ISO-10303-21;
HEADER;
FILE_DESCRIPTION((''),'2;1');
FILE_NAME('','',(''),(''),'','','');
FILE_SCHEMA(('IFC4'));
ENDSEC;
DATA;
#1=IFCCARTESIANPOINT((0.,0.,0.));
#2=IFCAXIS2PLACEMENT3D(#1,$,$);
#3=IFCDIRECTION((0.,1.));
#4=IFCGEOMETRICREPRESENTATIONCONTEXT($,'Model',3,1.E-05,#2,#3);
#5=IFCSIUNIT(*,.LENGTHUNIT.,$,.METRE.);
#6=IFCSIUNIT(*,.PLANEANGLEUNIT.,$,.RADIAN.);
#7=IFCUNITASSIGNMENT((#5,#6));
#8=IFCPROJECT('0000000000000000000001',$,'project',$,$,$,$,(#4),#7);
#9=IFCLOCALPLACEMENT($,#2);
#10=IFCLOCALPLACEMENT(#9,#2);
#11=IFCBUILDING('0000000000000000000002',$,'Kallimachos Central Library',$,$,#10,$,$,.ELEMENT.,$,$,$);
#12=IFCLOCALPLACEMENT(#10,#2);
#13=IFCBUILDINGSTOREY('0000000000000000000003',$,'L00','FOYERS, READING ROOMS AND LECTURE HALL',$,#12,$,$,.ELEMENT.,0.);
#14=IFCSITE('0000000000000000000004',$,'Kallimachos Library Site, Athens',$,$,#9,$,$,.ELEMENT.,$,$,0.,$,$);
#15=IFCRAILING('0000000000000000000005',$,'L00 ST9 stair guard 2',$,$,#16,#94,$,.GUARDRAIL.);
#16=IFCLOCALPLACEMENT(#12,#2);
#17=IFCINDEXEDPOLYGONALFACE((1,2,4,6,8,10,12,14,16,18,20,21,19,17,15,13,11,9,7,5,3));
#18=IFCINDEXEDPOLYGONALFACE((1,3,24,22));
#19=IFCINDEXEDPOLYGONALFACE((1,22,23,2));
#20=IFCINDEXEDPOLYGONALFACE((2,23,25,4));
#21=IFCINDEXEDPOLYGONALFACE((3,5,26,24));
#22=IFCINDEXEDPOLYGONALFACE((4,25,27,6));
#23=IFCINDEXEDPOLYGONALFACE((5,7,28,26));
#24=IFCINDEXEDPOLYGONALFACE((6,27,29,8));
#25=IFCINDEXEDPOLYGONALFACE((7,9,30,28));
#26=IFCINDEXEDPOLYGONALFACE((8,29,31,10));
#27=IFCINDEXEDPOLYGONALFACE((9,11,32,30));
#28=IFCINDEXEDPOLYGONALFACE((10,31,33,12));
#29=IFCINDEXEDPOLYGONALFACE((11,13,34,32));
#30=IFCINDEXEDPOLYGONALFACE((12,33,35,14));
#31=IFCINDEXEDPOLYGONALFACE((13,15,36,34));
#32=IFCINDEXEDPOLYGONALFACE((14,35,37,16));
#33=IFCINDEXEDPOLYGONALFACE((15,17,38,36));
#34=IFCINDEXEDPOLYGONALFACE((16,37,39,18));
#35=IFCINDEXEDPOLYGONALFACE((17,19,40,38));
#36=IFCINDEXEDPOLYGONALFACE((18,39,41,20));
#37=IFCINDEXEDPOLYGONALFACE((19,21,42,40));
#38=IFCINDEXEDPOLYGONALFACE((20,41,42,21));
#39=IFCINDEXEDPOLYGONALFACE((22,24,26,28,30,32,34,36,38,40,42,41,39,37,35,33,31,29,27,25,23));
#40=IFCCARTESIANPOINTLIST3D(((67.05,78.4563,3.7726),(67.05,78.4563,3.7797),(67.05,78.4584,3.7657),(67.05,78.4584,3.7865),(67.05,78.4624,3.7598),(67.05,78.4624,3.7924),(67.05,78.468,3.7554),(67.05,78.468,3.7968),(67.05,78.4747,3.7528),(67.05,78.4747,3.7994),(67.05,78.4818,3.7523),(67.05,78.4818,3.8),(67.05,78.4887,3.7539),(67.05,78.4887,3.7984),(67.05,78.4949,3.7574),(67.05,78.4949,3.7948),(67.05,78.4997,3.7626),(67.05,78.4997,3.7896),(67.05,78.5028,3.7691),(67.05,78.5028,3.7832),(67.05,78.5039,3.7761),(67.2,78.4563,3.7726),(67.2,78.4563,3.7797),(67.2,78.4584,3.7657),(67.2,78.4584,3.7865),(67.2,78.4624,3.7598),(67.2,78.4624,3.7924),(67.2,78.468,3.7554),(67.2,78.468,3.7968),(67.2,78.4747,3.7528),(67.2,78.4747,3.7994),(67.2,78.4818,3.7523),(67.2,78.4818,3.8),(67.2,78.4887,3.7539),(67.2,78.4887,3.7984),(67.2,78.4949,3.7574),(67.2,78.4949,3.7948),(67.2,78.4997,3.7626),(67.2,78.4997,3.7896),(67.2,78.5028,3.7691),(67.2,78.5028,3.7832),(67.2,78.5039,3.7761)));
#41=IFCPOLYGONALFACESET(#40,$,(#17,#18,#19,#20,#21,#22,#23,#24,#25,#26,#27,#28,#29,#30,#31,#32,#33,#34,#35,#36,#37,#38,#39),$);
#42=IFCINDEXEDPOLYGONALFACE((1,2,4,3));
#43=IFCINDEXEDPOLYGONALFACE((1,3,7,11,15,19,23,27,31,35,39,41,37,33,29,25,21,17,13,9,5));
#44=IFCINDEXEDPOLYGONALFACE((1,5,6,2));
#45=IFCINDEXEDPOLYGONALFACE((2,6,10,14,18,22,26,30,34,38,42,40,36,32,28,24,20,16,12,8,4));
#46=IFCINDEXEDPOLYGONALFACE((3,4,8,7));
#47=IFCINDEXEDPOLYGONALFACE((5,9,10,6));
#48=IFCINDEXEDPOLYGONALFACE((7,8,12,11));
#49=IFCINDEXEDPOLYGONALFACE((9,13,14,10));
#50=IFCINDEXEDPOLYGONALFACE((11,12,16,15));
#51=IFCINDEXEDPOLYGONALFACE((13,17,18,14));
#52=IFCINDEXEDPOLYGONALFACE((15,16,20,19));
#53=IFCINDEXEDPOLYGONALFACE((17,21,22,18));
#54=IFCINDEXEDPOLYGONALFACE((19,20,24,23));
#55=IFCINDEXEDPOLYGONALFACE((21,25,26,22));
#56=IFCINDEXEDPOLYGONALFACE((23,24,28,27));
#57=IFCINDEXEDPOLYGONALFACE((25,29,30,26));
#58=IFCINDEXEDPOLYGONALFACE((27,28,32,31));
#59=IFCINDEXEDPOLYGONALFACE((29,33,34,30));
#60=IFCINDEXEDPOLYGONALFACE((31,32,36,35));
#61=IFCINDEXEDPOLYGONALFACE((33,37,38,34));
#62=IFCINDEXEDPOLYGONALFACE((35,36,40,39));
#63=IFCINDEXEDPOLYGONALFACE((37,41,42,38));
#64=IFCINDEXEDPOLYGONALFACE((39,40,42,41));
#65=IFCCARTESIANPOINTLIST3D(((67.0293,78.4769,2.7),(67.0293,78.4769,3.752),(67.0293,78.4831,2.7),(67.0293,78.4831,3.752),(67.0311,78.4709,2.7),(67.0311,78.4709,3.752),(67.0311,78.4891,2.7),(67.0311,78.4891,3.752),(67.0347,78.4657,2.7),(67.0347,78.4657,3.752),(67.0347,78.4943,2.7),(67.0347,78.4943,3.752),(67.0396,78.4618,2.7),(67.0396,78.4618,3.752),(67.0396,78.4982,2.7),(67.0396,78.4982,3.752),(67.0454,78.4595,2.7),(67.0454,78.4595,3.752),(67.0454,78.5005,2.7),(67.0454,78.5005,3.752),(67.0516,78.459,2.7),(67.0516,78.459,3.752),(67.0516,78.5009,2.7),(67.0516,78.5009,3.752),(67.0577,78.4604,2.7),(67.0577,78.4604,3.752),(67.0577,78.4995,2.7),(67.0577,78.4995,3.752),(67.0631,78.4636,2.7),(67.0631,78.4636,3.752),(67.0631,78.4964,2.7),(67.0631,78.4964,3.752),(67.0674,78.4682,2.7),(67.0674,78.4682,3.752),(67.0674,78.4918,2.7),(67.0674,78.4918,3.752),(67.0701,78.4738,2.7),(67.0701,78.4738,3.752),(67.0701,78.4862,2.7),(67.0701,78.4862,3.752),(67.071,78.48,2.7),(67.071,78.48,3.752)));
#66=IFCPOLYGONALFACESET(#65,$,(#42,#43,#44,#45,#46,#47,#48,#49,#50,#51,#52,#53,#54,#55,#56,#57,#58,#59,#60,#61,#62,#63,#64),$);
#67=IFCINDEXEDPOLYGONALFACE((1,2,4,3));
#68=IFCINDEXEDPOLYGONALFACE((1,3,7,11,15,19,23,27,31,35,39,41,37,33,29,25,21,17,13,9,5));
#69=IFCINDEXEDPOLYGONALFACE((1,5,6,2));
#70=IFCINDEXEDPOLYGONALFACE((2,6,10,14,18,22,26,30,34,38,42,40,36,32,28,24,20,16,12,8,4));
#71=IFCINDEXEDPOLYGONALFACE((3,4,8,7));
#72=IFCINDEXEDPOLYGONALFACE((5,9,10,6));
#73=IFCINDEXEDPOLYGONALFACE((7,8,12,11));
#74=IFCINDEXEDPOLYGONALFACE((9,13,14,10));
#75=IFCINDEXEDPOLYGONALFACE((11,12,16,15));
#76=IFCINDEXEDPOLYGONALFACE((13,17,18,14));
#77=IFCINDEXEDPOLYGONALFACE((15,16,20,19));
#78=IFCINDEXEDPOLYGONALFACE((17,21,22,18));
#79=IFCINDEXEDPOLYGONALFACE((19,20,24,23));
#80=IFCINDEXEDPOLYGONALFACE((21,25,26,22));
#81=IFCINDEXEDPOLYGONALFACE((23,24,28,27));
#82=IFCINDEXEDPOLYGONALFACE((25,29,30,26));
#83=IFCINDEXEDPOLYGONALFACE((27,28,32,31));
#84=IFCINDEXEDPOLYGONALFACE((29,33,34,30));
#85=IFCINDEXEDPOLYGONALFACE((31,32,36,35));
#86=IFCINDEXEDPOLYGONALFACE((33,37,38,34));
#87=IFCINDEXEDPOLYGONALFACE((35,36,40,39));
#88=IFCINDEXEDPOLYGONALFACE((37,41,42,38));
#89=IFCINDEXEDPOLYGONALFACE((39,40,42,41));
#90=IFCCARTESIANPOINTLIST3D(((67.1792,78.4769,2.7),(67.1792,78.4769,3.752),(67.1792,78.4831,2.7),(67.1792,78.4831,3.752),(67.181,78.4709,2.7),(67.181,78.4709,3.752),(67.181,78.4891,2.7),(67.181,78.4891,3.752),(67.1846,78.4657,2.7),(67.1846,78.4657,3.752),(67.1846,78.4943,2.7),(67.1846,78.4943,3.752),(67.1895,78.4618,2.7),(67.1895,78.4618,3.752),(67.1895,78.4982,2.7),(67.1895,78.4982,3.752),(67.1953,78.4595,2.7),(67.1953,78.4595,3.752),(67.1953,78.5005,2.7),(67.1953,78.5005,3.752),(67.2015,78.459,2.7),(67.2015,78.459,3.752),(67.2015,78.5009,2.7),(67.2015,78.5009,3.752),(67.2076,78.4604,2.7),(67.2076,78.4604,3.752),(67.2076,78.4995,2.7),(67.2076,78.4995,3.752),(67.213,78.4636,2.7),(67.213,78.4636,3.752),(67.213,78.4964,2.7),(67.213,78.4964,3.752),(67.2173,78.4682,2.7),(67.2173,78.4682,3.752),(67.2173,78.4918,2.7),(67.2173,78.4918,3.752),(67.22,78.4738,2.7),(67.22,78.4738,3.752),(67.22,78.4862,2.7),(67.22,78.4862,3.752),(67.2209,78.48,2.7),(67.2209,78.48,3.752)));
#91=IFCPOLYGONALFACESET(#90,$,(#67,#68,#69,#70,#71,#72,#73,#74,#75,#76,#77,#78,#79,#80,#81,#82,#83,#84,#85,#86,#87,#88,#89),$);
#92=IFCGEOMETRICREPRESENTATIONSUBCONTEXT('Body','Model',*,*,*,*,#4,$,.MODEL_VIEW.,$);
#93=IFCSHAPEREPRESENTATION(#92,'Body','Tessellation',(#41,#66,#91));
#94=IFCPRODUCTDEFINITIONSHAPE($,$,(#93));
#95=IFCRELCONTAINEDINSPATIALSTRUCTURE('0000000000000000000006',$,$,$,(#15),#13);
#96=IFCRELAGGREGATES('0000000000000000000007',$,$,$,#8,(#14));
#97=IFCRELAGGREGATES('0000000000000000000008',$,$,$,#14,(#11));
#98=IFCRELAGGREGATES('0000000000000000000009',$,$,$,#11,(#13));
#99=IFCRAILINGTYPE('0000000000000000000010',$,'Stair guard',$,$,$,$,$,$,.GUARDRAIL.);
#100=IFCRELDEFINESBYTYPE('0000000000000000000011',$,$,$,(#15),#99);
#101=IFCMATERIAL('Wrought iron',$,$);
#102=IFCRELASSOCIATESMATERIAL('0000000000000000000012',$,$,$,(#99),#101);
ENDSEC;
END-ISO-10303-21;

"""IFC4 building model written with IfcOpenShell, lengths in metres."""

from ifc_helpers import new_model, si_unit, direction, frame, origin, origin_2d, place, context, subcontext, project, spatial, circle, extrude, material, type_object, element, save


model = new_model("IFC4")

# Units and contexts
model_context = context("Model", 3, precision=1e-05, world=origin(), true_north=direction((0.0, 1.0)))
body_context = subcontext(model_context, "Body", "Model", "MODEL_VIEW")
ifc_project = project(units=[si_unit("LENGTHUNIT", "METRE"), si_unit("PLANEANGLEUNIT", "RADIAN")], contexts=[model_context])

# Site, building, storey
site_placement = place(None, origin())
site = spatial("IfcSite", under=ifc_project, at=site_placement, Name="Kallimachos Library Site, Athens", CompositionType="ELEMENT", RefElevation=0.0)
building_placement = place(site_placement, origin())
building = spatial("IfcBuilding", under=site, at=building_placement, Name="Kallimachos Central Library", CompositionType="ELEMENT")
storey_placement = place(building_placement, origin())
storey = spatial("IfcBuildingStorey", under=building, at=storey_placement, Name="L00", Description="FOYERS, READING ROOMS AND LECTURE HALL", CompositionType="ELEMENT", Elevation=0.0)

# Railing
ifc_material_1 = material(Name="Wrought iron")
railing_type = type_object("IfcRailingType", Name="Stair guard", PredefinedType="GUARDRAIL", material=ifc_material_1)
railing_1_placement = place(storey_placement, frame((67.05, 78.48, 2.7)))
element("IfcRailing", 1, at=railing_1_placement, inside=storey, type_object=railing_type, Name="L00 ST9 stair guard 2", PredefinedType="GUARDRAIL", context=body_context, shape_type="SweptSolid", body=[
    extrude(circle(Radius=0.0239, at=origin_2d()), frame((0.0, 0.0, 1.0762), z_axis=(1.0, 0.0, 0.0), x_axis=(0.0, 1.0, 0.0)), (0.0, 0.0, 1.0), 0.1499),
    extrude(circle(Radius=0.021, at=origin_2d()), origin(), (0.0, 0.0, 1.0), 1.052),
    extrude(circle(Radius=0.021, at=origin_2d()), frame((0.1499, 0.0, 0.0)), (0.0, 0.0, 1.0), 1.052),
])

save(model, "model.ifc")
